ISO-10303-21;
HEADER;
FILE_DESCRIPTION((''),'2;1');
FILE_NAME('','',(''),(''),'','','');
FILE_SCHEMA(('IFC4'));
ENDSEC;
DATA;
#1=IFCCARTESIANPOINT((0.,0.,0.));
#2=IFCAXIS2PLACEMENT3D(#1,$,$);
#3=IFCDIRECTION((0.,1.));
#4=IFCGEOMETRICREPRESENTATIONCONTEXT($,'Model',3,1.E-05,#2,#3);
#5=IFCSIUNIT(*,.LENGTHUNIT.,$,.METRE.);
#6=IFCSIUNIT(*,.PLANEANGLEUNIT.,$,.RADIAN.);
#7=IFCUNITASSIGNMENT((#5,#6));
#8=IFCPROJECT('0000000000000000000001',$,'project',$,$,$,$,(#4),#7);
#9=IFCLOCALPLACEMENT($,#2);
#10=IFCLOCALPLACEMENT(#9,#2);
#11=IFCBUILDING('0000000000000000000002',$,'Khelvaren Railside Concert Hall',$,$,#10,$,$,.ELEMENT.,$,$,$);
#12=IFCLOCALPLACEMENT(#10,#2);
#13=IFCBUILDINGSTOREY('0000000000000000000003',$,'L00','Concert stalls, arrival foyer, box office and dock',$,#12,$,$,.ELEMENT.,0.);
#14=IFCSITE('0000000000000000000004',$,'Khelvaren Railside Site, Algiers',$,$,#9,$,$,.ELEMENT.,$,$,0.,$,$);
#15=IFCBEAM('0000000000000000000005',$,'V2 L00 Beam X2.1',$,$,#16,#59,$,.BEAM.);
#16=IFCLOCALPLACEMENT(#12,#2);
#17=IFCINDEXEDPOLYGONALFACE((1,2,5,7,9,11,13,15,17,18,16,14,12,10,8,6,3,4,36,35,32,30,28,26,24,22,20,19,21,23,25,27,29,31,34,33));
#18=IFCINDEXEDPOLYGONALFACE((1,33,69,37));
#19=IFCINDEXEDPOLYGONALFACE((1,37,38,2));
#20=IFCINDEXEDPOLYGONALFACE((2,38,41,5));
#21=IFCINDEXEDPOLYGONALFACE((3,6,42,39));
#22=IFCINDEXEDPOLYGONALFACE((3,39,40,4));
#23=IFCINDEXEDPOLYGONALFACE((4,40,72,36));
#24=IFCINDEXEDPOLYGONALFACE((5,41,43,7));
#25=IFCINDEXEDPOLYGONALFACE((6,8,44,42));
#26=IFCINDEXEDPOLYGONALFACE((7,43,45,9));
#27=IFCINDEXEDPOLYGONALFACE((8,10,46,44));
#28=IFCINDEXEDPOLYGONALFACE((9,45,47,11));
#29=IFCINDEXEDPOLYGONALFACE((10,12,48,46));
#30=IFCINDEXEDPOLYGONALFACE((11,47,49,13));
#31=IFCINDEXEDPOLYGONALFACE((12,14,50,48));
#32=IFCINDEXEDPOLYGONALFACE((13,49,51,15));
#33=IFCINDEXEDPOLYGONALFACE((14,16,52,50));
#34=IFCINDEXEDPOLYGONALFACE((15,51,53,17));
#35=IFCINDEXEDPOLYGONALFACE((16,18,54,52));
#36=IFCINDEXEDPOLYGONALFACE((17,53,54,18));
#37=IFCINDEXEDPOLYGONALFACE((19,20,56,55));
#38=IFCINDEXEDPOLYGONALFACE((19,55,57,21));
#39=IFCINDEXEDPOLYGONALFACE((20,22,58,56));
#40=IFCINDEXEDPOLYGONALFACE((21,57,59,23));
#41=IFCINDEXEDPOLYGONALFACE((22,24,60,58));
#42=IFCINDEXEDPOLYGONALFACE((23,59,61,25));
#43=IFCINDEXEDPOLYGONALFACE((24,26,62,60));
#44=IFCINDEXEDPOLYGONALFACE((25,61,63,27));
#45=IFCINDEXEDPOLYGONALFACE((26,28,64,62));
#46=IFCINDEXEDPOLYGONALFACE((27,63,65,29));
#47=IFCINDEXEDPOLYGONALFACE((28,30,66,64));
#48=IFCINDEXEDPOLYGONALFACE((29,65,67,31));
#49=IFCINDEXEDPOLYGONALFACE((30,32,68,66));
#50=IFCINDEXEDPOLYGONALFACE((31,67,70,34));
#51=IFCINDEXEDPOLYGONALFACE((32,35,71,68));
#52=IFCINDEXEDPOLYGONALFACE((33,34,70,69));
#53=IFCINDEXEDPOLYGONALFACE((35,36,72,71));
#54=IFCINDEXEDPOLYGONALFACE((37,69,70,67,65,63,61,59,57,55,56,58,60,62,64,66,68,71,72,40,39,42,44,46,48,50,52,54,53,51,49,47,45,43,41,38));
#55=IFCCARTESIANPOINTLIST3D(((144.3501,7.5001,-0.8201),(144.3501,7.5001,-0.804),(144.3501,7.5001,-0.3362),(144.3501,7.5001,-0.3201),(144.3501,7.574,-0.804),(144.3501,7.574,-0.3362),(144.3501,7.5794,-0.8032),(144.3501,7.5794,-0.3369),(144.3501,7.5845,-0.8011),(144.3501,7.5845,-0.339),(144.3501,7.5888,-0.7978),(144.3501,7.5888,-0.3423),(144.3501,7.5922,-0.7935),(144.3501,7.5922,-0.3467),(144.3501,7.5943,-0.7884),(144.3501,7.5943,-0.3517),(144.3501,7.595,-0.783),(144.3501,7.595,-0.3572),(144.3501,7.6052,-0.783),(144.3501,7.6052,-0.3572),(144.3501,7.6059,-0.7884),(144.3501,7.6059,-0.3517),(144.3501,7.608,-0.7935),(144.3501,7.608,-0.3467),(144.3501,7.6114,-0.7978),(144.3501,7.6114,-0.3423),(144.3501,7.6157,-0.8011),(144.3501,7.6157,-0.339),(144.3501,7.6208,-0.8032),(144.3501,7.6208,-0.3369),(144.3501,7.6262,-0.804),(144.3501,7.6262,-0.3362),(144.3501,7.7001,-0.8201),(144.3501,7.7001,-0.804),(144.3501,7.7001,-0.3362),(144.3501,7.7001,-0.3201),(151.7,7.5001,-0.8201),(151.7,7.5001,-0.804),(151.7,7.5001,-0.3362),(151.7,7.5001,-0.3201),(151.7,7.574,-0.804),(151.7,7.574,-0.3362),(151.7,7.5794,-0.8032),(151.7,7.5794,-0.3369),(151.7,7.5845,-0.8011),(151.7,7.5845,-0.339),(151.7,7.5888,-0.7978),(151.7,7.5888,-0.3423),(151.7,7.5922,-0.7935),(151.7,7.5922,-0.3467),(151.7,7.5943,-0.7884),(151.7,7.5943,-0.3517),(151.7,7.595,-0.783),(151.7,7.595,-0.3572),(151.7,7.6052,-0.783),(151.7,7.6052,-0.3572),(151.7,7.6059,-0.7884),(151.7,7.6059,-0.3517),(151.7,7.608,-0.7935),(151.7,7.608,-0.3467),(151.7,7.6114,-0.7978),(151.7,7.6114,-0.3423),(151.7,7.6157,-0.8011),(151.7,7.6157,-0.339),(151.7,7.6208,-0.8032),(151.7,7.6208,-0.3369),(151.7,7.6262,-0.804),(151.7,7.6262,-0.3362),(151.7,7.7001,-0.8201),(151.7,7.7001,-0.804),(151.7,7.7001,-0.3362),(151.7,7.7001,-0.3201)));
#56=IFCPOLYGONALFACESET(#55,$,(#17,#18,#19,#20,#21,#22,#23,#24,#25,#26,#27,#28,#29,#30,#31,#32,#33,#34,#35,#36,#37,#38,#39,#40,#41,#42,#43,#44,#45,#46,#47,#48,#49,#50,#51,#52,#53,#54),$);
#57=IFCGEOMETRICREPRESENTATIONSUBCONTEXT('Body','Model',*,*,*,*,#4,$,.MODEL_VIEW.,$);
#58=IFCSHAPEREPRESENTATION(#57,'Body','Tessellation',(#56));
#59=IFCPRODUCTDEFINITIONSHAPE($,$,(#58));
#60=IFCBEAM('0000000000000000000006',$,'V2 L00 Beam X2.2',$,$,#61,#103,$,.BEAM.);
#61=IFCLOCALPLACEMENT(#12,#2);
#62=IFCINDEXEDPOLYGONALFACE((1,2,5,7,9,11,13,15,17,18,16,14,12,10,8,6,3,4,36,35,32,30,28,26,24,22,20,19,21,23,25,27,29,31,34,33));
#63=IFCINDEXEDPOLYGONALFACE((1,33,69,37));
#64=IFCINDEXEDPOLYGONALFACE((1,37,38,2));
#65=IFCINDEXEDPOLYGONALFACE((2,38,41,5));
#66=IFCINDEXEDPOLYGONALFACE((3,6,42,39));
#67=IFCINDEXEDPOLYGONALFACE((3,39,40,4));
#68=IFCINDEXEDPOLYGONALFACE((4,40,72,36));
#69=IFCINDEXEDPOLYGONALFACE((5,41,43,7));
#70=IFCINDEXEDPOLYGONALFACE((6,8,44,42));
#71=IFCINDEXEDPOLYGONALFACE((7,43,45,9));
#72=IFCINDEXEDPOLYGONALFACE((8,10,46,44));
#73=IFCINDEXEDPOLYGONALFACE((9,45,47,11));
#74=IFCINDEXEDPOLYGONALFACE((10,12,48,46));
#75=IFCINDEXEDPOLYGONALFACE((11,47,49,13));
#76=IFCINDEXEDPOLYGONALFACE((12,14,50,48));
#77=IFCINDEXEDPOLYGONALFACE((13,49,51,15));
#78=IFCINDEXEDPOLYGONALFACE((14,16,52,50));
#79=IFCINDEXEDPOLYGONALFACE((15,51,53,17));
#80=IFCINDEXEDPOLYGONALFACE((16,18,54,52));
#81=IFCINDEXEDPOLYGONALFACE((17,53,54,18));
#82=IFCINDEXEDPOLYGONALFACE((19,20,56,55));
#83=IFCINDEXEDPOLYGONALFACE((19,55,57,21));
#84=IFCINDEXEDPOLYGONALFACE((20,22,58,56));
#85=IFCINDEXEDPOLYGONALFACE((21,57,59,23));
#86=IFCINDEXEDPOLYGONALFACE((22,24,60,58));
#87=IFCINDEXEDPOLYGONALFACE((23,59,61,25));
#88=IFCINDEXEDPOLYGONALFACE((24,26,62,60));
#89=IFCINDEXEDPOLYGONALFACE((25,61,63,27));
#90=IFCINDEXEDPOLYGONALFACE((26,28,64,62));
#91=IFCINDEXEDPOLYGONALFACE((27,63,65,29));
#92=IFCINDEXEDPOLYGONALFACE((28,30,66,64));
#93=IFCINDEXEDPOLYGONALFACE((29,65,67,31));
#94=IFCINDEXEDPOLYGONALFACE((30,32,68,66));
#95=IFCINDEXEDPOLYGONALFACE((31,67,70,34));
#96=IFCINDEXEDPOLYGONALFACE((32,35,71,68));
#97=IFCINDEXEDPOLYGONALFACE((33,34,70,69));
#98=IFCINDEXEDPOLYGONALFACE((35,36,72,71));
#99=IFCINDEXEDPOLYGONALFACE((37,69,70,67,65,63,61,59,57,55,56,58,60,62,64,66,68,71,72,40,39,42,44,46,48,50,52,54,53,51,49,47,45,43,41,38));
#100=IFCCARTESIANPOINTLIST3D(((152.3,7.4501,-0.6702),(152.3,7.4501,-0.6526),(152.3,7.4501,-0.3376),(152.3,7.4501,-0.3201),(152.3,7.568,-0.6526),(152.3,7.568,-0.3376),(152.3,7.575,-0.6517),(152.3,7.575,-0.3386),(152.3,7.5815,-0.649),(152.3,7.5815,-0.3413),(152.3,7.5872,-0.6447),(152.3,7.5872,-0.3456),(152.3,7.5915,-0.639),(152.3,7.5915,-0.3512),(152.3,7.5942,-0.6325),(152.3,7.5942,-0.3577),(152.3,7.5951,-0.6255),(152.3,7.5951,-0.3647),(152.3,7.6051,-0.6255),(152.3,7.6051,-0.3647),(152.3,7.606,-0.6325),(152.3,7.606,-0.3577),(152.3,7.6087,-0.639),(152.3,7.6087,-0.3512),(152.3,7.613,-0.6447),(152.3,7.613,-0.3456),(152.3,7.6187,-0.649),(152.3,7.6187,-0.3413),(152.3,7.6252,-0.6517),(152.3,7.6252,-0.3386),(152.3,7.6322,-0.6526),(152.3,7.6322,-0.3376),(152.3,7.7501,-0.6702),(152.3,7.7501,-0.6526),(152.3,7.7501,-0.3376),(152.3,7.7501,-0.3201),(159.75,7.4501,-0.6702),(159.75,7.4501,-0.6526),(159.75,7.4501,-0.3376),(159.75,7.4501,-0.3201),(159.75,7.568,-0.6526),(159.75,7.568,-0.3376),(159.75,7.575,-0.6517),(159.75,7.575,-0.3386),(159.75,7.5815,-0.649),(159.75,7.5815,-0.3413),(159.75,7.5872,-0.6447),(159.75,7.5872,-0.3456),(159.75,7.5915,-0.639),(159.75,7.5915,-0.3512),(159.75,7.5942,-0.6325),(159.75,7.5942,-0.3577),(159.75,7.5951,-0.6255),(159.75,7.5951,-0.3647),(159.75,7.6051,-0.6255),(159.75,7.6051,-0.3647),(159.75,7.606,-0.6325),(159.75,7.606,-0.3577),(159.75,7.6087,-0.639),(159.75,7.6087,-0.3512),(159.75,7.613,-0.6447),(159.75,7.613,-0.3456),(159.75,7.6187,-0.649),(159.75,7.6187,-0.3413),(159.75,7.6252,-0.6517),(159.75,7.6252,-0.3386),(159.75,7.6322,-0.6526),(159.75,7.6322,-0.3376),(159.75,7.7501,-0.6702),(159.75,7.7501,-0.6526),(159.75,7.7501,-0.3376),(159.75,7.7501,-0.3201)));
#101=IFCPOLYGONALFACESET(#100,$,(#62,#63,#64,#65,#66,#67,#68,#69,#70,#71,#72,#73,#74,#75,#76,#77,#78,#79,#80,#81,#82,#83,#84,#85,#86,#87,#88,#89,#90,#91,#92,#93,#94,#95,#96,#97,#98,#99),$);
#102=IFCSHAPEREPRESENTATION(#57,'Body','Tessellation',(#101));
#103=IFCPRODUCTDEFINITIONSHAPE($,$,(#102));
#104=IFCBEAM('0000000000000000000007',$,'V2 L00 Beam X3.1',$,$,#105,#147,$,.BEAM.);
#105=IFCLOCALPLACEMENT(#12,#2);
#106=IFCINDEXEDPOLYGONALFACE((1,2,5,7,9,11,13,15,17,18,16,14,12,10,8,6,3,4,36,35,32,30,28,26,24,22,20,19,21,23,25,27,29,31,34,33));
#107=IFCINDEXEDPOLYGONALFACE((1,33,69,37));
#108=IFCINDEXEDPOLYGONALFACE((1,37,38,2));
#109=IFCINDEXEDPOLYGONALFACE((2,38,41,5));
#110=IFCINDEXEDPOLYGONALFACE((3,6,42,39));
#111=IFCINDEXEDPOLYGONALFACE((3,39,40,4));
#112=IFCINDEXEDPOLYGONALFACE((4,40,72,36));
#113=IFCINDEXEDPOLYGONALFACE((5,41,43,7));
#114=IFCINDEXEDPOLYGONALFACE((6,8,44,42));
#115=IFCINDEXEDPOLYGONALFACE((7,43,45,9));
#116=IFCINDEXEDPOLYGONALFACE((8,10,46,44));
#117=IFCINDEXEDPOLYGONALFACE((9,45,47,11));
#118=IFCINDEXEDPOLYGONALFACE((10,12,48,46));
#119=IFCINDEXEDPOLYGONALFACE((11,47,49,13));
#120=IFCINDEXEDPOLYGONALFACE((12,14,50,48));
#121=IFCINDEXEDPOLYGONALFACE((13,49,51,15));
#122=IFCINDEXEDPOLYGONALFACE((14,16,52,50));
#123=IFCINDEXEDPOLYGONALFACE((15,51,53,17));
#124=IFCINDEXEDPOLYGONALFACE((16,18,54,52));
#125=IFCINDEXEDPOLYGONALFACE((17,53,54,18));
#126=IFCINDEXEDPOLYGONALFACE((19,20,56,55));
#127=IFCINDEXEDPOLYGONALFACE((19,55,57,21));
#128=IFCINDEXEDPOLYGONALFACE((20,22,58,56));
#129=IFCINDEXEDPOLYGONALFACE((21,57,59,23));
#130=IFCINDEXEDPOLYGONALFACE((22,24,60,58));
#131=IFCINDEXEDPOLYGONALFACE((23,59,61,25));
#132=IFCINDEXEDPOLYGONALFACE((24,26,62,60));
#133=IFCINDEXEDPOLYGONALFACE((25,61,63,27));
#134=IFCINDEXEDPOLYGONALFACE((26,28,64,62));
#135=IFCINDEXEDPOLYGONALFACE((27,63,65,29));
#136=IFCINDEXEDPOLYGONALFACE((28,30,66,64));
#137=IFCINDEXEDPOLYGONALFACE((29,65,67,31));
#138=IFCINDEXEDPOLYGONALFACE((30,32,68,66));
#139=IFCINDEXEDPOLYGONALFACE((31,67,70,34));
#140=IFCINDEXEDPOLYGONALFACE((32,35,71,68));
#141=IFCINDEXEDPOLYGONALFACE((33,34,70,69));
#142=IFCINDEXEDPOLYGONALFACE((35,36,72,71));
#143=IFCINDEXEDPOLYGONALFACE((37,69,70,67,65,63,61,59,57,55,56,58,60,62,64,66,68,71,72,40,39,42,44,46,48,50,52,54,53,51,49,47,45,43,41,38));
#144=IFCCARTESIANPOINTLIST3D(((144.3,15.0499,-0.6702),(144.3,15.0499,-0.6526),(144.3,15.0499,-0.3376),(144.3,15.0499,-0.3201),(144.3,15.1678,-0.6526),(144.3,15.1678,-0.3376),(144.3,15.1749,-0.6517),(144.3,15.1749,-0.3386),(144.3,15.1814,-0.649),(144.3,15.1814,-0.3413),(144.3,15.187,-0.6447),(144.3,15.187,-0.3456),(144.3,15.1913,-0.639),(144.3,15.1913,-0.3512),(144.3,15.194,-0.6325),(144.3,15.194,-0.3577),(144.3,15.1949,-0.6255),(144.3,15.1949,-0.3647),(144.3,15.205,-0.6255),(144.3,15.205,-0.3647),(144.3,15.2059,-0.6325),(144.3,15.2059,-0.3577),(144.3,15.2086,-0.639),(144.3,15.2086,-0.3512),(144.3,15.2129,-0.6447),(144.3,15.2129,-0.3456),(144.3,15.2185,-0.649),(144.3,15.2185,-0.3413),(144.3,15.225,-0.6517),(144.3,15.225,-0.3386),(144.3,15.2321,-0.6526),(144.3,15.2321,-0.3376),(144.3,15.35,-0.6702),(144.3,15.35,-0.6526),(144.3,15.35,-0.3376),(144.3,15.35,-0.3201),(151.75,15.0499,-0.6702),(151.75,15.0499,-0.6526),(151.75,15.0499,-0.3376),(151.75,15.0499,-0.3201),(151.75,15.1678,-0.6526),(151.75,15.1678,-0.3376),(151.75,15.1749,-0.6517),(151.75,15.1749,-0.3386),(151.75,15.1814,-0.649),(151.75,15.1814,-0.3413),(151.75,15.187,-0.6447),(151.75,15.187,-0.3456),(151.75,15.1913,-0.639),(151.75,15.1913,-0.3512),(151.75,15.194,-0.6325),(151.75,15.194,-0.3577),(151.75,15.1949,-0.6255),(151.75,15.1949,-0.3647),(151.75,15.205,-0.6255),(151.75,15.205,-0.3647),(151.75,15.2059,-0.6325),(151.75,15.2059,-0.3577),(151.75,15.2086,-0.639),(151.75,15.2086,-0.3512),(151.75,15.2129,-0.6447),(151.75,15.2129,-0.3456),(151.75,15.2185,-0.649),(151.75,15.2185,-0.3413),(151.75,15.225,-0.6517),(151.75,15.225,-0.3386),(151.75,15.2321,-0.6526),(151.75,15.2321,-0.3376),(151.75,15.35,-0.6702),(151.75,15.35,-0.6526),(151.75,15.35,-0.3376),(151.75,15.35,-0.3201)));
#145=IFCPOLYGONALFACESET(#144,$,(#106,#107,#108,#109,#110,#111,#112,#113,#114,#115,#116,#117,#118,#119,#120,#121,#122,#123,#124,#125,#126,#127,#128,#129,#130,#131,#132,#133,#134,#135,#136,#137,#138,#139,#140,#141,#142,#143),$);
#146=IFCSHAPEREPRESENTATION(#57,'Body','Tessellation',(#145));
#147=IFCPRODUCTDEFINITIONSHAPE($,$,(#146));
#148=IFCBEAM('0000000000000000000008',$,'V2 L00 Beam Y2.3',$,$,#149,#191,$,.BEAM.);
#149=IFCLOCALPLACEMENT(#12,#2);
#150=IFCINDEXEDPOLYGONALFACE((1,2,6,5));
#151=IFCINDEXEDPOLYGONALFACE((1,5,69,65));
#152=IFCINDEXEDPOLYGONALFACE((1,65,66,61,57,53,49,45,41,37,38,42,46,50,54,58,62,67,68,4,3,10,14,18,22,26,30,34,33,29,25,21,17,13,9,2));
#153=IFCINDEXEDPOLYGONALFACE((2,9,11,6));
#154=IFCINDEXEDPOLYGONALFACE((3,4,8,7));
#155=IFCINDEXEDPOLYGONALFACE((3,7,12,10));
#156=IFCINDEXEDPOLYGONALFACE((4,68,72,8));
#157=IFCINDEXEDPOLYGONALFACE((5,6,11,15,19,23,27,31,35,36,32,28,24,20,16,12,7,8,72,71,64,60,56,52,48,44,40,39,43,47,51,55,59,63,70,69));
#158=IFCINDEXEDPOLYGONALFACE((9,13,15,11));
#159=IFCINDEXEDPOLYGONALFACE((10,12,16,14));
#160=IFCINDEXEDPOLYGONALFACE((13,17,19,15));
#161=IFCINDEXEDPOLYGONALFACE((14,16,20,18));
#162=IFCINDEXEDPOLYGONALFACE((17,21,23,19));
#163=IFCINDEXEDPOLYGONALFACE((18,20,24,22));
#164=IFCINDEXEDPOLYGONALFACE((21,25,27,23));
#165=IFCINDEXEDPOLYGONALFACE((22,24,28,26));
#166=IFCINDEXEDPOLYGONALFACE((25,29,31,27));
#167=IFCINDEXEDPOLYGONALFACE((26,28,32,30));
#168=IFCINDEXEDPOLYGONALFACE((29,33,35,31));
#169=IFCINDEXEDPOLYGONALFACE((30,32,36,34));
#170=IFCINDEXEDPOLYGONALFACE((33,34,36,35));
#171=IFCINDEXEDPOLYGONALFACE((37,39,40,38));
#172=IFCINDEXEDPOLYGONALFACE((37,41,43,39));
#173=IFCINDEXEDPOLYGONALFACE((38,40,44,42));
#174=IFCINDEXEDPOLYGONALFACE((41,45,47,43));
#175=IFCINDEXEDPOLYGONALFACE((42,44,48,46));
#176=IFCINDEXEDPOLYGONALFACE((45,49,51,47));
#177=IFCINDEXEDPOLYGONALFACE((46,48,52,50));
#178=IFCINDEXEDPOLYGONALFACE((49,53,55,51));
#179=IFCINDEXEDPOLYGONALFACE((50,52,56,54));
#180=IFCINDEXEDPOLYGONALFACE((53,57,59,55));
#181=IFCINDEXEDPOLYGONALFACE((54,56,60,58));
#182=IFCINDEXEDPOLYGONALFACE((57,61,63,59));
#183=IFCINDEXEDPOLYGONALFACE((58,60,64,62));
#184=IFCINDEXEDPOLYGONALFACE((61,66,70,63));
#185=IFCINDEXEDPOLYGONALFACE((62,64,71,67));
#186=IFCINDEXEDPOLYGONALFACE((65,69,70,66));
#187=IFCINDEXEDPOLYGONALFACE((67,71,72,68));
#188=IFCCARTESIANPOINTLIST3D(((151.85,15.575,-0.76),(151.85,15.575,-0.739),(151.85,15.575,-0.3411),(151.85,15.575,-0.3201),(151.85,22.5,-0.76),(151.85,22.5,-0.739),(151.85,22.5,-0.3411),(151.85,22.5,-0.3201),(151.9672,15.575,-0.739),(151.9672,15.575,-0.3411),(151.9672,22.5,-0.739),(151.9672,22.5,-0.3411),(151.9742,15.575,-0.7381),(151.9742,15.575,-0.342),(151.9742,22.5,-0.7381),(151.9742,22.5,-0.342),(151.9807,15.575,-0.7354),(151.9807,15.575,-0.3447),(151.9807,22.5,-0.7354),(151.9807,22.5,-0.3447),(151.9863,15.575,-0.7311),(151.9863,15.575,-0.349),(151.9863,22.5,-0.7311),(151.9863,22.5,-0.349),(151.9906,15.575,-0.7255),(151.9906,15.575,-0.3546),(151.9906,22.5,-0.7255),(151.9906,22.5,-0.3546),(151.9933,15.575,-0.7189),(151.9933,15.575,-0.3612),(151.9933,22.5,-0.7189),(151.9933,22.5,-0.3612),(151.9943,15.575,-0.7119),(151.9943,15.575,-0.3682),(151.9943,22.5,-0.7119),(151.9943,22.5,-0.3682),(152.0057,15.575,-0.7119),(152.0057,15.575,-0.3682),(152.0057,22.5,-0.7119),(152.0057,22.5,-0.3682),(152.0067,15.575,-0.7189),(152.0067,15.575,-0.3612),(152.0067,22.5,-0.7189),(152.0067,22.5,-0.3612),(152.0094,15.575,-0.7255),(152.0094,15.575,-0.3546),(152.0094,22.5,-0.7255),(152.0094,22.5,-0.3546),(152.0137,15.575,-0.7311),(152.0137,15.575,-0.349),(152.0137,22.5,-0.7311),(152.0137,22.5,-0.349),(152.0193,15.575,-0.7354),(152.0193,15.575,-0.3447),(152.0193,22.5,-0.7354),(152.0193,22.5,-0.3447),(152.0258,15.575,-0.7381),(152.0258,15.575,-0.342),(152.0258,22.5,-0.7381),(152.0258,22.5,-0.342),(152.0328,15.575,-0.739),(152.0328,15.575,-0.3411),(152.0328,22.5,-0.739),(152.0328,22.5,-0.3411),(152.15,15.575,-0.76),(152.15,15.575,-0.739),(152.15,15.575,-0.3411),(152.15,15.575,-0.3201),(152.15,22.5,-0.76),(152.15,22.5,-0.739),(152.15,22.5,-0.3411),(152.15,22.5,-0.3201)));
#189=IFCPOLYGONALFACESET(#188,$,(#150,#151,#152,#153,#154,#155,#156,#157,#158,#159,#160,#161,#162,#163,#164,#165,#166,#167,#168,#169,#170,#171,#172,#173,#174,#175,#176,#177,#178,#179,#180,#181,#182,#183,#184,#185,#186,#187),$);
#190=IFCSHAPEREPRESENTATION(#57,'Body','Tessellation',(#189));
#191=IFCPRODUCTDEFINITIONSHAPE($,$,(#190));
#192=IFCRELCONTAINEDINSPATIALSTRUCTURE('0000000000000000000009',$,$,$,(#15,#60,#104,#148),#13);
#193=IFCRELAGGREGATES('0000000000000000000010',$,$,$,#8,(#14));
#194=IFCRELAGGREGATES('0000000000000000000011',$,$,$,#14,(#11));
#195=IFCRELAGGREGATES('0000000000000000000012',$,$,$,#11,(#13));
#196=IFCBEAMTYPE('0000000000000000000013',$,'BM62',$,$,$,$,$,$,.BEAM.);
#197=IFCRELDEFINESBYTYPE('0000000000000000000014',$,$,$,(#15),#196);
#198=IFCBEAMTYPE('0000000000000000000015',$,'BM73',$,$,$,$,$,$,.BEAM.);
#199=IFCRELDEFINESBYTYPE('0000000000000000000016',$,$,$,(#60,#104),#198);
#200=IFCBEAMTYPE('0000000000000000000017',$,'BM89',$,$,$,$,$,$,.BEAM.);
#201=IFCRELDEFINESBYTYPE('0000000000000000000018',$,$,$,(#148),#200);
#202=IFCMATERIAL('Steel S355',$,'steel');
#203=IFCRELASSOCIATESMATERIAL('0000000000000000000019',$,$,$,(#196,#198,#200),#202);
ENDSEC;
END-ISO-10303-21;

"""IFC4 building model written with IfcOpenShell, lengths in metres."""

from ifc_helpers import new_model, si_unit, direction, frame, origin, origin_2d, place, context, subcontext, project, spatial, i_section, extrude, material, material_profile, profile_set, type_object, element, save


model = new_model("IFC4")

# Units and contexts
model_context = context("Model", 3, precision=1e-05, world=origin(), true_north=direction((0.0, 1.0)))
body_context = subcontext(model_context, "Body", "Model", "MODEL_VIEW")
ifc_project = project(units=[si_unit("LENGTHUNIT", "METRE"), si_unit("PLANEANGLEUNIT", "RADIAN")], contexts=[model_context])

# Site, building, storey
site_placement = place(None, origin())
site = spatial("IfcSite", under=ifc_project, at=site_placement, Name="Khelvaren Railside Site, Algiers", CompositionType="ELEMENT", RefElevation=0.0)
building_placement = place(site_placement, origin())
building = spatial("IfcBuilding", under=site, at=building_placement, Name="Khelvaren Railside Concert Hall", CompositionType="ELEMENT")
storey_placement = place(building_placement, origin())
storey = spatial("IfcBuildingStorey", under=building, at=storey_placement, Name="L00", Description="Concert stalls, arrival foyer, box office and dock", CompositionType="ELEMENT", Elevation=0.0)

# Beams
ifc_material_1 = material(Name="Steel S355", Category="steel")
ifc_material_profile_1 = material_profile(ifc_material_1, i_section(OverallWidth=0.2, OverallDepth=0.5, WebThickness=0.0103, FlangeThickness=0.0161, FilletRadius=0.021, at=origin_2d()), Name="IPE 500")
ifc_profile_set_1 = profile_set([ifc_material_profile_1], Name="Steel S355")
beam_type_1 = type_object("IfcBeamType", Name="BM62", PredefinedType="BEAM", material=ifc_profile_set_1)
beam_1_placement = place(storey_placement, frame((144.3501, 7.6001, -0.5701), z_axis=(1.0, 0.0, 0.0), x_axis=(0.0, 1.0, 0.0)))
element("IfcBeam", 1, at=beam_1_placement, inside=storey, type_object=beam_type_1, Name="V2 L00 Beam X2.1", PredefinedType="BEAM", context=body_context, shape_type="SweptSolid", body=[
    extrude(i_section(OverallWidth=0.2, OverallDepth=0.5, WebThickness=0.0103, FlangeThickness=0.0161, FilletRadius=0.021, at=origin_2d()), origin(), (0.0, 0.0, 1.0), 7.3499),
])
ifc_material_profile_2 = material_profile(ifc_material_1, i_section(OverallWidth=0.3, OverallDepth=0.3501, WebThickness=0.01, FlangeThickness=0.0176, FilletRadius=0.0271, at=origin_2d()), Name="HEA 360")
ifc_profile_set_2 = profile_set([ifc_material_profile_2], Name="Steel S355")
beam_type_2 = type_object("IfcBeamType", Name="BM73", PredefinedType="BEAM", material=ifc_profile_set_2)
for number, where, z_axis, x_axis, name in (
    (2, (152.3, 7.6001, -0.4951), (1.0, 0.0, 0.0), (0.0, 1.0, 0.0), "V2 L00 Beam X2.2"),
    (3, (144.3, 15.2, -0.4951), (1.0, 0.0, 0.0), (0.0, 1.0, 0.0), "V2 L00 Beam X3.1"),
):
    element("IfcBeam", number, at=place(storey_placement, frame(where, z_axis=z_axis, x_axis=x_axis)), inside=storey, type_object=beam_type_2, Name=name, PredefinedType="BEAM", context=body_context, shape_type="SweptSolid", body=[
        extrude(i_section(OverallWidth=0.3, OverallDepth=0.3501, WebThickness=0.01, FlangeThickness=0.0176, FilletRadius=0.0271, at=origin_2d()), origin(), (0.0, 0.0, 1.0), 7.45),
    ])
ifc_material_profile_3 = material_profile(ifc_material_1, i_section(OverallWidth=0.3, OverallDepth=0.4399, WebThickness=0.0115, FlangeThickness=0.021, FilletRadius=0.0271, at=origin_2d()), Name="HEA 450")
ifc_profile_set_3 = profile_set([ifc_material_profile_3], Name="Steel S355")
beam_type_3 = type_object("IfcBeamType", Name="BM89", PredefinedType="BEAM", material=ifc_profile_set_3)
beam_2_placement = place(storey_placement, frame((152.0, 15.575, -0.54), z_axis=(0.0, 1.0, 0.0), x_axis=(-1.0, 0.0, 0.0)))
element("IfcBeam", 4, at=beam_2_placement, inside=storey, type_object=beam_type_3, Name="V2 L00 Beam Y2.3", PredefinedType="BEAM", context=body_context, shape_type="SweptSolid", body=[
    extrude(i_section(OverallWidth=0.3, OverallDepth=0.4399, WebThickness=0.0115, FlangeThickness=0.021, FilletRadius=0.0271, at=origin_2d()), origin(), (0.0, 0.0, 1.0), 6.925),
])

save(model, "model.ifc")
